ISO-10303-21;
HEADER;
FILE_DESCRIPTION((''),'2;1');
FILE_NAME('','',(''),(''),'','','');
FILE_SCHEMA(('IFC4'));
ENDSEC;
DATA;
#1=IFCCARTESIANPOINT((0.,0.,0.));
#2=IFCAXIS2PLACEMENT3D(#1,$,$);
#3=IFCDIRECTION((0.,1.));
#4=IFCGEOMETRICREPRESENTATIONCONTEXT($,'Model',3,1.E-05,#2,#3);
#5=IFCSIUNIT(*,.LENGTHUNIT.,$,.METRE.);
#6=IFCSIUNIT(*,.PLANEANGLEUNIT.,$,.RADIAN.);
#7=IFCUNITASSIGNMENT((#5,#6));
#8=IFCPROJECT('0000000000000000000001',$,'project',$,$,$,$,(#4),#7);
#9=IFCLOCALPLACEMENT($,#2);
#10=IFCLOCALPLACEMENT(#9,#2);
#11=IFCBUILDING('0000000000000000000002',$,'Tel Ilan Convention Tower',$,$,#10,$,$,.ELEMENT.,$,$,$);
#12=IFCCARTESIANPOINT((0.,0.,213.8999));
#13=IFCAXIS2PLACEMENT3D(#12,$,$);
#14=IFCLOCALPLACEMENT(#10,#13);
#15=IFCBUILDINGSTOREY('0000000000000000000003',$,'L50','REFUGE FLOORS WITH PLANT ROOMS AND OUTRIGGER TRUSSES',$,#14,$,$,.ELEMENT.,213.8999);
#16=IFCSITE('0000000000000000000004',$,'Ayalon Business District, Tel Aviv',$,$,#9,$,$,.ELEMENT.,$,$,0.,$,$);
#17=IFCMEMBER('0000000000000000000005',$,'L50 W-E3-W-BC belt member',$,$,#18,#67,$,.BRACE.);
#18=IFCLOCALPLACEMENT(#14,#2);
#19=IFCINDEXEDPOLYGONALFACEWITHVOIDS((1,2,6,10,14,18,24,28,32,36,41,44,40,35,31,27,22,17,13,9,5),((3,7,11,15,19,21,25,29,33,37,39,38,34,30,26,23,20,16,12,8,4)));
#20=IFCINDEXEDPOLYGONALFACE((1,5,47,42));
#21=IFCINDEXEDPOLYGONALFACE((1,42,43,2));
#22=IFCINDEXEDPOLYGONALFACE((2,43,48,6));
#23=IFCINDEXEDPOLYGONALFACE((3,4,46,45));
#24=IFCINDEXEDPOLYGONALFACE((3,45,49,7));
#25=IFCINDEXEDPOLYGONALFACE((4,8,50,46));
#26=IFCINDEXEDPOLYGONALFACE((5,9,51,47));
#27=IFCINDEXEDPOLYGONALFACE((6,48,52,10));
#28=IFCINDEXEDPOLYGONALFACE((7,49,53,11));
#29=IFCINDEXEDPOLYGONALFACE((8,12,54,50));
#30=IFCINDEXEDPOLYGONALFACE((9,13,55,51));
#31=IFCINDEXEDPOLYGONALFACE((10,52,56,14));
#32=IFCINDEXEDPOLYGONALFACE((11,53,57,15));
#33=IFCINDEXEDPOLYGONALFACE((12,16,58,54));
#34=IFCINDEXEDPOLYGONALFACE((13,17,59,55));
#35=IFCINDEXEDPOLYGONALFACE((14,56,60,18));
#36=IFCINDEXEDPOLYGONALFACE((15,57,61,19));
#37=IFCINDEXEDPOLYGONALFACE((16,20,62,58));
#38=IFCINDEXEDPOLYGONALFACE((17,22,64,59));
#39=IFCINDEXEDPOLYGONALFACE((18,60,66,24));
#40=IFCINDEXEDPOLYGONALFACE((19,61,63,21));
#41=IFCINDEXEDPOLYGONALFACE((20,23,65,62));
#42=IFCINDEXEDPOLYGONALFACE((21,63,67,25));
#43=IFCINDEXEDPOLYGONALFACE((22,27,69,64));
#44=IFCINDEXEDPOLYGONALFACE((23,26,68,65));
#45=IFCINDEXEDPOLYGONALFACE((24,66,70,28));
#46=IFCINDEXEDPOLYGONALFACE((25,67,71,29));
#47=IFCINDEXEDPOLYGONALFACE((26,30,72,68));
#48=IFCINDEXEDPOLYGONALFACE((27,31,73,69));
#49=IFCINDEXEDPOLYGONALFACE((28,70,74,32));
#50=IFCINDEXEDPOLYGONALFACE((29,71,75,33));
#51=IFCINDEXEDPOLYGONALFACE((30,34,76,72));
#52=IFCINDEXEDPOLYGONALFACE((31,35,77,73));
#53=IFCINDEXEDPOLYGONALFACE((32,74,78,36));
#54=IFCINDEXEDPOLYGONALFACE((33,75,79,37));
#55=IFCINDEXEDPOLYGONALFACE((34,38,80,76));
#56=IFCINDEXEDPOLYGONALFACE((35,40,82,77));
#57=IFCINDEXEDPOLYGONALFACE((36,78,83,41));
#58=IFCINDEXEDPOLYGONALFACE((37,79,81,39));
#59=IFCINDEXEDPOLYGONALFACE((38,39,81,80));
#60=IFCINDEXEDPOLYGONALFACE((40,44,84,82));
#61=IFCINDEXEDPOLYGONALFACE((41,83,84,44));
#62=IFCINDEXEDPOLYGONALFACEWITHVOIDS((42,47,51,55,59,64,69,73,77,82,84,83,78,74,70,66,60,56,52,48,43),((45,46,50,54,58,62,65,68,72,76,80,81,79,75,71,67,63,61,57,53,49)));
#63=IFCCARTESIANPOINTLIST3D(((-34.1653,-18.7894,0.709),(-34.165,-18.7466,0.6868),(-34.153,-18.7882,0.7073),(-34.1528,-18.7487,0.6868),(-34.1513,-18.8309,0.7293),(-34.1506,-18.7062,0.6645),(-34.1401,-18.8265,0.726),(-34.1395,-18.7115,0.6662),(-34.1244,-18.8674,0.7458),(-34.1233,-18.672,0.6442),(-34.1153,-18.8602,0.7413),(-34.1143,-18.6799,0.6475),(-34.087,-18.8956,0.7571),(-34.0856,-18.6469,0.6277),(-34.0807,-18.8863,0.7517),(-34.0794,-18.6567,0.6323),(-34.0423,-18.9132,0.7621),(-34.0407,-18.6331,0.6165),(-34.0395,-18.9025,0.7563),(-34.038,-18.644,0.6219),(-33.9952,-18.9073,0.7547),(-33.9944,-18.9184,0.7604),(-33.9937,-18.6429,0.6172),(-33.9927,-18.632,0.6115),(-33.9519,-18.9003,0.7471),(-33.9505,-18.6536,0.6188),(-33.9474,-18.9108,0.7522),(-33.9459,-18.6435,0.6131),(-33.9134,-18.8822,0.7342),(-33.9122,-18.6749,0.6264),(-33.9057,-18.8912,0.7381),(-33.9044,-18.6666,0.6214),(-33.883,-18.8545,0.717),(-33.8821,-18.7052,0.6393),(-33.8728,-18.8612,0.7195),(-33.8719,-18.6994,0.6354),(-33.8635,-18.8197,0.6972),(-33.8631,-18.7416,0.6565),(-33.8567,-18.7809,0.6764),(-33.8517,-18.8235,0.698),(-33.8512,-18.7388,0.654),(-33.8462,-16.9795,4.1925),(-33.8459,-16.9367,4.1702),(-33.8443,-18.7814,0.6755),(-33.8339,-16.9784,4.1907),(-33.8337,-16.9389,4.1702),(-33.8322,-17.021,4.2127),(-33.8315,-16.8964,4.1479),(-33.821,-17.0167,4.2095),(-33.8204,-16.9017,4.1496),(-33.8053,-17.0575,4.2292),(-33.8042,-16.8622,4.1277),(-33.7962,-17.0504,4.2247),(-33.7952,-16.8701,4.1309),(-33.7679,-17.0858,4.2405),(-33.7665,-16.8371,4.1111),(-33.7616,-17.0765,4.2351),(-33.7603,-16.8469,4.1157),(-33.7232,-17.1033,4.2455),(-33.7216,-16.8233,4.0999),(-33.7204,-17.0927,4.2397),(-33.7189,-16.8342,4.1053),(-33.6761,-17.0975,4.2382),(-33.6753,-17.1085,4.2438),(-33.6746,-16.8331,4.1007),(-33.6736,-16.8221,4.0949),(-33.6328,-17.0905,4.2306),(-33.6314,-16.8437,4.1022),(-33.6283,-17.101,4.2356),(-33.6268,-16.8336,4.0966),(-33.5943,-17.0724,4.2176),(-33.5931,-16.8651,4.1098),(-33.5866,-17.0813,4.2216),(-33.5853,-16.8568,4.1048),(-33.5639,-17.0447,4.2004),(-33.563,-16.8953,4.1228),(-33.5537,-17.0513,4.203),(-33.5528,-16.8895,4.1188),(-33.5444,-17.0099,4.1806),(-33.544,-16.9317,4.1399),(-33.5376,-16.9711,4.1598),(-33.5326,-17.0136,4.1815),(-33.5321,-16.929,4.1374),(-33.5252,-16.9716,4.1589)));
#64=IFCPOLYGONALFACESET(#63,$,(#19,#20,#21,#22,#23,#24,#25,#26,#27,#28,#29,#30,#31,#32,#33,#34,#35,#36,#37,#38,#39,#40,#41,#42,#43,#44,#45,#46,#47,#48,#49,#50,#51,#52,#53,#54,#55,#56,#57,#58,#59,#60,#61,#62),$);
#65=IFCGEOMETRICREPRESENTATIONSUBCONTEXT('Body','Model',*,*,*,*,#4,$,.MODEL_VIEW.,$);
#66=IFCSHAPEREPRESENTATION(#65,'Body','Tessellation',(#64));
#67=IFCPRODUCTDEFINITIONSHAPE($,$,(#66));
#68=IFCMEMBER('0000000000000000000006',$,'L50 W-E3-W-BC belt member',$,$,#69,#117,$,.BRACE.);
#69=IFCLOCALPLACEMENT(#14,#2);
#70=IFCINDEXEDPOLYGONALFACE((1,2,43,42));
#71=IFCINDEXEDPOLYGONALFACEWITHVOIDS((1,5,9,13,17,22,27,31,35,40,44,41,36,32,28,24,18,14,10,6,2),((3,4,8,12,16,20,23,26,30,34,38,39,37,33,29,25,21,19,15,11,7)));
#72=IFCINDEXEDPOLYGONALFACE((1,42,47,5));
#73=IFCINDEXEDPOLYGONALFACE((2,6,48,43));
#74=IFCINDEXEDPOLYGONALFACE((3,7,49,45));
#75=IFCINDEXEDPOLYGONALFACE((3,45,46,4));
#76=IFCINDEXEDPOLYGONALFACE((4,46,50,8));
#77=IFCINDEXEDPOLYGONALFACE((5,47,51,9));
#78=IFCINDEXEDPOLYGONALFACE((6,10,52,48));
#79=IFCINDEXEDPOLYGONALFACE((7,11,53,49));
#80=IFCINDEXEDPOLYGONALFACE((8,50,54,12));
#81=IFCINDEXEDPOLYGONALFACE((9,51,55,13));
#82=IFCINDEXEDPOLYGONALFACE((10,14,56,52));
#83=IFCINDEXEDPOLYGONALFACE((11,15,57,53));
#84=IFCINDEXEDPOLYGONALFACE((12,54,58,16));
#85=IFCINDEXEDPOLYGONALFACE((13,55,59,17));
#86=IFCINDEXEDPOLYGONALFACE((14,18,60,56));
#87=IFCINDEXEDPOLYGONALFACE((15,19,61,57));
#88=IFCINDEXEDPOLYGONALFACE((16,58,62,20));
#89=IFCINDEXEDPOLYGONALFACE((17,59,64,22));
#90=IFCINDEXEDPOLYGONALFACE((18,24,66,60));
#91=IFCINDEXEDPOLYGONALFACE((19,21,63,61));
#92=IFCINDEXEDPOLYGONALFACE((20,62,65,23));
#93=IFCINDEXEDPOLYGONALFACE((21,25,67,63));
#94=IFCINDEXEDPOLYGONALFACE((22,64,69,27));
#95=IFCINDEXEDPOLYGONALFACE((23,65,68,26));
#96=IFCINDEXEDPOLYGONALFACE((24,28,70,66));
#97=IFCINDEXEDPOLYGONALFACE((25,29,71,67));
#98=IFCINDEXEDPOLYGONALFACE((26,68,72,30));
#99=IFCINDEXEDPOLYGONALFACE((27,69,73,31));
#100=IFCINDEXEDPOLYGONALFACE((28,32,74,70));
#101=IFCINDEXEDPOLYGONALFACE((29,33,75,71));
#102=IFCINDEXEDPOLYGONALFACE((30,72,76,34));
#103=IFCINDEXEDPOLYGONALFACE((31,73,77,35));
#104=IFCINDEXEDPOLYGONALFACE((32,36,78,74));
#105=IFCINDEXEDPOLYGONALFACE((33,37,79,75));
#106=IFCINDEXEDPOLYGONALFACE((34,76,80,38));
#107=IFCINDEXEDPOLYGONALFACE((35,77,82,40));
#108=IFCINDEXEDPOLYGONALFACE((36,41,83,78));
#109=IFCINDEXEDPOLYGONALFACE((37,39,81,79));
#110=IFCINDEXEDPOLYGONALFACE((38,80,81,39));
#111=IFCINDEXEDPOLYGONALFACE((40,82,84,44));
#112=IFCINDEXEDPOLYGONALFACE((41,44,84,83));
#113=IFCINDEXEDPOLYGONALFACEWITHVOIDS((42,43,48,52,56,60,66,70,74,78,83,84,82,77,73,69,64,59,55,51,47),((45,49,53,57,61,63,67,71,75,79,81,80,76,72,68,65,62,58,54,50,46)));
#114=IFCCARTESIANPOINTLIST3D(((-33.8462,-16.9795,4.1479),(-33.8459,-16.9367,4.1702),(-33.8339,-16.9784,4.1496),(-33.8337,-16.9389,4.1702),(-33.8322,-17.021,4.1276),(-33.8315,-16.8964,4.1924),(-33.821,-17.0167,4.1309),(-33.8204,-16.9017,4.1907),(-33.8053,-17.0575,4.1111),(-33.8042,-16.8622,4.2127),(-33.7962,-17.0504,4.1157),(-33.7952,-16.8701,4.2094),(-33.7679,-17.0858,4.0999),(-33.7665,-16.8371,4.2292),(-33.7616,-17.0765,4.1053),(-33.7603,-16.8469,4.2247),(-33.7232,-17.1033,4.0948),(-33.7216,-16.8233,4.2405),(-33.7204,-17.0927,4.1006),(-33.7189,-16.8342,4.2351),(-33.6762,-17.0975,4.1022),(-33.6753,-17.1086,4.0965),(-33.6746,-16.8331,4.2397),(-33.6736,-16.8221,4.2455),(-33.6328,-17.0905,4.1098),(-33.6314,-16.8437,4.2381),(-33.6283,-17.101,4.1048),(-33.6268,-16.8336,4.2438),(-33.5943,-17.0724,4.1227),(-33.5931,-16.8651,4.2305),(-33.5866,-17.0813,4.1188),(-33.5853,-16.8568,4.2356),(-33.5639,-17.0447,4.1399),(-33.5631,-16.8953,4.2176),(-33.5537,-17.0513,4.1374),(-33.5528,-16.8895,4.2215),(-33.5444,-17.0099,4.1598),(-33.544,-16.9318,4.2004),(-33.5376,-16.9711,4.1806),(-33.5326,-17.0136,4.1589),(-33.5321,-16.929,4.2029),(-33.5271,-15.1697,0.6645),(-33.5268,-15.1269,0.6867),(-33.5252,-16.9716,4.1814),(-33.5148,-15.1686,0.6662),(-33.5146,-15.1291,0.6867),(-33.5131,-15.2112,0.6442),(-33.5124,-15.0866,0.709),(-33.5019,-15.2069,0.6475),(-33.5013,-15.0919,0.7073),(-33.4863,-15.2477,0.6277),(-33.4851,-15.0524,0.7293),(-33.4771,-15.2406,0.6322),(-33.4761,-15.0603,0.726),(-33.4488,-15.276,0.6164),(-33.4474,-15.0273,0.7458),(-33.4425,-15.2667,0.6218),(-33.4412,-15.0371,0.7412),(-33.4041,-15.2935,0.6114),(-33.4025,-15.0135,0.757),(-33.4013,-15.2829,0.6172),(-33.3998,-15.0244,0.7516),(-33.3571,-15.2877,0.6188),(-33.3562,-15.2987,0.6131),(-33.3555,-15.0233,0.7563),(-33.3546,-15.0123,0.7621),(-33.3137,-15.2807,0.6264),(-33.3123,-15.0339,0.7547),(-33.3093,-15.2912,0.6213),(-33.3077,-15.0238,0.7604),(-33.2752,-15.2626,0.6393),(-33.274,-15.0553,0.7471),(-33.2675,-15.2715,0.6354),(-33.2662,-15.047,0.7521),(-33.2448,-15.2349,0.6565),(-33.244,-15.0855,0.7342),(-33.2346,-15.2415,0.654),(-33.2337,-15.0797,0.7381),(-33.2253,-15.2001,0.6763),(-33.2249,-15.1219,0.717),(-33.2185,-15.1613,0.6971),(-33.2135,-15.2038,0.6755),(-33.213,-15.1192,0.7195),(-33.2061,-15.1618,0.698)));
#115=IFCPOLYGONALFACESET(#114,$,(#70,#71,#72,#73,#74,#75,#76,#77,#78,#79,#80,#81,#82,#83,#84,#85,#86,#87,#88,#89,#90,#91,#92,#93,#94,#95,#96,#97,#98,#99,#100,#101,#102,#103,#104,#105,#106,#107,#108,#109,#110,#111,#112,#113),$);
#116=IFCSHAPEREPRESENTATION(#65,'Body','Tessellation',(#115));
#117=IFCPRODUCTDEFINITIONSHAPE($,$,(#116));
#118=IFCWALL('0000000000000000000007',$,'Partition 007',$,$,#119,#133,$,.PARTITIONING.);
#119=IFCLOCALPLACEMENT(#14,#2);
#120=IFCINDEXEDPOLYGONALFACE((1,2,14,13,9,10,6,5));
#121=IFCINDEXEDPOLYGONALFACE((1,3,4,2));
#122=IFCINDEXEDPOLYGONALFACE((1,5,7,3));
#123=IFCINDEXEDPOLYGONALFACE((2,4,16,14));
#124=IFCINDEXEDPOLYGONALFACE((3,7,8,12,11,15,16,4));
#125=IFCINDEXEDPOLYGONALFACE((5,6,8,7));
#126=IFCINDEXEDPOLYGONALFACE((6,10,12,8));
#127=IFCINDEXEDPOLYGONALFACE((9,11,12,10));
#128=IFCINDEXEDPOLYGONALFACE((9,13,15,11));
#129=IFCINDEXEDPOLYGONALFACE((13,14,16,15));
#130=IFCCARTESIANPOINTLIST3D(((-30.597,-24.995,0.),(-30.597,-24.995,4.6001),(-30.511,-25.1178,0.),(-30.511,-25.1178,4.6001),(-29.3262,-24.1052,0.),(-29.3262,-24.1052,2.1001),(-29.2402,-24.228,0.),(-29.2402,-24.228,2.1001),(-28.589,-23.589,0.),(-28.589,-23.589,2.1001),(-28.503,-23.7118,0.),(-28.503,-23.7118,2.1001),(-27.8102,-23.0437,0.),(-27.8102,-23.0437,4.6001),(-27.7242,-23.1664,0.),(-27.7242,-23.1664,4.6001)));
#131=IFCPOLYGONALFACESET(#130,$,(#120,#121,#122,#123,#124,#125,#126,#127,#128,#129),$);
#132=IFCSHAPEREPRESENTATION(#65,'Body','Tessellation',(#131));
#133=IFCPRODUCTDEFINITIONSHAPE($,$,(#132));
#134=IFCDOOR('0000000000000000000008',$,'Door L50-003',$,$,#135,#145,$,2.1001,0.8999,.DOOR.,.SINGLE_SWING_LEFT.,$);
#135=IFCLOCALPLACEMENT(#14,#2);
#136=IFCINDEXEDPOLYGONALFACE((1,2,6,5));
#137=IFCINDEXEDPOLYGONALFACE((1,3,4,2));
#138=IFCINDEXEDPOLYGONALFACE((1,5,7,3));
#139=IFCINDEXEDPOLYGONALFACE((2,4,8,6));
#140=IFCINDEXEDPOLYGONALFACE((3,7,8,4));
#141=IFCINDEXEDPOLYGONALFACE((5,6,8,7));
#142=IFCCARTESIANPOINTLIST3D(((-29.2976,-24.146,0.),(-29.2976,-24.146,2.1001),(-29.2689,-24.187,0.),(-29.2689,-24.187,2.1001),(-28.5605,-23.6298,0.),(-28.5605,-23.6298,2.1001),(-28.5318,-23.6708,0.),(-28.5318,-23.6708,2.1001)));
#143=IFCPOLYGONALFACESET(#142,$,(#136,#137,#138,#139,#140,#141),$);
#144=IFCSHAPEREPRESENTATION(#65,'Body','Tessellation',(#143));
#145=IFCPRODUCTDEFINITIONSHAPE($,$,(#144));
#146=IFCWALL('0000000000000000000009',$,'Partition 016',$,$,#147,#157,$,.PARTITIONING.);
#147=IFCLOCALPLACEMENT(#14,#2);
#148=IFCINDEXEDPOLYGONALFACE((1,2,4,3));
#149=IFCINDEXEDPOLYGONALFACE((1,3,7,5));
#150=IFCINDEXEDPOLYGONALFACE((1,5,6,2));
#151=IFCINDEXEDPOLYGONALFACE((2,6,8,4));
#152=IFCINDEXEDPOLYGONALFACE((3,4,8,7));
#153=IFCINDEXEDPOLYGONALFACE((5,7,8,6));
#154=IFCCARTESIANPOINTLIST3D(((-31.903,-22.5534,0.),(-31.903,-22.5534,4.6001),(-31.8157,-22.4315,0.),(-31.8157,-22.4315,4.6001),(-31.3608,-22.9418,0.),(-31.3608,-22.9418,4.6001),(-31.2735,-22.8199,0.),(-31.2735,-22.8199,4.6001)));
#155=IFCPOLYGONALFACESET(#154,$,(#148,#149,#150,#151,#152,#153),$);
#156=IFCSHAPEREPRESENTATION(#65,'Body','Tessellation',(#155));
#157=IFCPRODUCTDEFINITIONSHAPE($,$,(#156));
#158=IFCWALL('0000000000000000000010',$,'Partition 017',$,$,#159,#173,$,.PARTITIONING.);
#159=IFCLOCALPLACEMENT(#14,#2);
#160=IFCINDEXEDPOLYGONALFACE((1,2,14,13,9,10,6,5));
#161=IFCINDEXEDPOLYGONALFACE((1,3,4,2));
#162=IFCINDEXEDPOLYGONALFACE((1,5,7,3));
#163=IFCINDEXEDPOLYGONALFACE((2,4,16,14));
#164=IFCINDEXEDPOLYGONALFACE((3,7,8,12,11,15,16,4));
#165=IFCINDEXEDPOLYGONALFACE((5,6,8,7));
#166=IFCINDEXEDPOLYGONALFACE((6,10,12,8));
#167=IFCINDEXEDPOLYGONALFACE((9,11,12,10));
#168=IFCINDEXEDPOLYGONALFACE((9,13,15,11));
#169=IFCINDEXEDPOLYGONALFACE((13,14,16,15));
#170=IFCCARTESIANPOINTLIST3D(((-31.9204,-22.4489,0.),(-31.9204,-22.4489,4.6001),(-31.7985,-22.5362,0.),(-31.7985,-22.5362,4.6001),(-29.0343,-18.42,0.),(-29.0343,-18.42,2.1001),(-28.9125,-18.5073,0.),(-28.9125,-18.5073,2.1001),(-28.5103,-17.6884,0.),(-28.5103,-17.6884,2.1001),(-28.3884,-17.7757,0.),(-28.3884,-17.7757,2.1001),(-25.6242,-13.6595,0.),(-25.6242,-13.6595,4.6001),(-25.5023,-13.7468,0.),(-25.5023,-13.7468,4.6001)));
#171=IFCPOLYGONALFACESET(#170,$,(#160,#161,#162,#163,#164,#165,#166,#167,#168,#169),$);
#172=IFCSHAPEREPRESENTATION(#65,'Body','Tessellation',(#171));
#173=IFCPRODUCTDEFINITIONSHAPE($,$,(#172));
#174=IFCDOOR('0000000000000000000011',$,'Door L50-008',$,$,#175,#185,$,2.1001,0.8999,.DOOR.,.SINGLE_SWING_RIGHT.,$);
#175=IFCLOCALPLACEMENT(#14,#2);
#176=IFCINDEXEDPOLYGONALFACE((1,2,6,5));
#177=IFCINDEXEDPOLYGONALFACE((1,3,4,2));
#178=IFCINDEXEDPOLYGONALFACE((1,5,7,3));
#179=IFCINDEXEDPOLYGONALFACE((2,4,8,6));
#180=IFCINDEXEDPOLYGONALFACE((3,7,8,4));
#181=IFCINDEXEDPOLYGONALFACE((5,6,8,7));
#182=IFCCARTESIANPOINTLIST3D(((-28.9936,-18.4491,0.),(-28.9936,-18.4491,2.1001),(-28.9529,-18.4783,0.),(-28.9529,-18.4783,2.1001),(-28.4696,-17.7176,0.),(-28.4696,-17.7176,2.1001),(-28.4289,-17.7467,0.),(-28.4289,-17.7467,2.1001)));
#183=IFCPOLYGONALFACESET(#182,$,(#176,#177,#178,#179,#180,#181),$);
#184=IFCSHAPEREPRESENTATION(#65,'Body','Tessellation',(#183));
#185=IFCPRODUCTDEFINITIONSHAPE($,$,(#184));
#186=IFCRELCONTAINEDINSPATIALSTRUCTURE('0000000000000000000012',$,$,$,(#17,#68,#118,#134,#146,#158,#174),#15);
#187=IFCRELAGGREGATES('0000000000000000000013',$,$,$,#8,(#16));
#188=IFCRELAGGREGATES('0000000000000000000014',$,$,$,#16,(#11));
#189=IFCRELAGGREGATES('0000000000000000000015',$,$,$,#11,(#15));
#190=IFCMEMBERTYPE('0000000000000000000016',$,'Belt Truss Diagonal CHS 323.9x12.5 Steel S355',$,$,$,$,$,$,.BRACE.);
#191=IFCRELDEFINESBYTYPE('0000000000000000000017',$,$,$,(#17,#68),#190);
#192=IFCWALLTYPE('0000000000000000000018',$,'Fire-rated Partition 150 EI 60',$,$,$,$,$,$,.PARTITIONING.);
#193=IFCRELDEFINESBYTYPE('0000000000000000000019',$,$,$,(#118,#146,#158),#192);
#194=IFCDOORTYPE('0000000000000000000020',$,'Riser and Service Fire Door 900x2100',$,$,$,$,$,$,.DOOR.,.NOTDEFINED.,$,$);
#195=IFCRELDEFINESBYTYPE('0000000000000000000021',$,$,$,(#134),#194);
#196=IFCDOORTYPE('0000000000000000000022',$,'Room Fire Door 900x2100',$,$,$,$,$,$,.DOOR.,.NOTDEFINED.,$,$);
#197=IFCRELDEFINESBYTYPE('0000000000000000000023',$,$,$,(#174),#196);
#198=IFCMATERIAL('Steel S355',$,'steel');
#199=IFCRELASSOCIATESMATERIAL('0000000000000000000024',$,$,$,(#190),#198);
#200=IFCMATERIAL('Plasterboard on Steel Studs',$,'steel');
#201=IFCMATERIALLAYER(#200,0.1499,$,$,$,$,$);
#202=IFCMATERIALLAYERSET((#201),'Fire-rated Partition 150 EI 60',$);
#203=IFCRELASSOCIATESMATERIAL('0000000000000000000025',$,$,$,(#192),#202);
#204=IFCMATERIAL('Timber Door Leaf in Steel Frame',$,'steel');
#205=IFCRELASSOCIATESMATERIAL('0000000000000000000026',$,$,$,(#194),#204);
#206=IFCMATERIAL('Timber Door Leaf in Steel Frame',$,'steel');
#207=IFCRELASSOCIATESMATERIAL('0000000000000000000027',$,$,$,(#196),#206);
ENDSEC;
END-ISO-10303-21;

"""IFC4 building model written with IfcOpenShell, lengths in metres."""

from ifc_helpers import new_model, si_unit, direction, frame, frame_2d, origin, origin_2d, place, context, subcontext, project, spatial, rectangle, hollow_circle, extrude, material, layer, layer_set, material_profile, profile_set, type_object, element, fill, save


model = new_model("IFC4")

# Units and contexts
model_context = context("Model", 3, precision=1e-05, world=origin(), true_north=direction((0.0, 1.0)))
body_context = subcontext(model_context, "Body", "Model", "MODEL_VIEW")
ifc_project = project(units=[si_unit("LENGTHUNIT", "METRE"), si_unit("PLANEANGLEUNIT", "RADIAN")], contexts=[model_context])

# Site, building, storey
site_placement = place(None, origin())
site = spatial("IfcSite", under=ifc_project, at=site_placement, Name="Ayalon Business District, Tel Aviv", CompositionType="ELEMENT", RefElevation=0.0)
building_placement = place(site_placement, origin())
building = spatial("IfcBuilding", under=site, at=building_placement, Name="Tel Ilan Convention Tower", CompositionType="ELEMENT")
storey_placement = place(building_placement, frame((0.0, 0.0, 213.8999)))
storey = spatial("IfcBuildingStorey", under=building, at=storey_placement, Name="L50", Description="REFUGE FLOORS WITH PLANT ROOMS AND OUTRIGGER TRUSSES", CompositionType="ELEMENT", Elevation=213.8999)

# Members
ifc_material_1 = material(Name="Steel S355", Category="steel")
ifc_material_profile_1 = material_profile(ifc_material_1, hollow_circle(Radius=0.1619, WallThickness=0.0125, at=origin_2d()), Name="CHS 323.9x12.5")
ifc_profile_set_1 = profile_set([ifc_material_profile_1], Name="Steel S355")
member_type_1 = type_object("IfcMemberType", Name="Belt Truss Diagonal CHS 323.9x12.5 Steel S355", PredefinedType="BRACE", material=ifc_profile_set_1)
for number, where, z_axis, x_axis, name in (
    (1, (-34.0056, -18.7747, 0.6868), (0.08102, 0.459526, 0.884461), (-0.98481, 0.173634, 0.0), "L50 W-E3-W-BC belt member"),
    (2, (-33.6865, -16.9648, 4.1702), (0.08102, 0.459526, -0.884461), (-0.98481, 0.173634, 0.0), "L50 W-E3-W-BC belt member"),
):
    element("IfcMember", number, at=place(storey_placement, frame(where, z_axis=z_axis, x_axis=x_axis)), inside=storey, type_object=member_type_1, Name=name, PredefinedType="BRACE", context=body_context, shape_type="SweptSolid", body=[
        extrude(hollow_circle(Radius=0.1619, WallThickness=0.0125, at=origin_2d()), origin(), (0.0, 0.0, 1.0), 3.9385),
    ])

# Wall, opening, door
ifc_material_2 = material(Name="Plasterboard on Steel Studs", Category="steel")
ifc_layer_1 = layer(ifc_material_2, 0.1499)
ifc_layer_set_1 = layer_set([ifc_layer_1], Name="Fire-rated Partition 150 EI 60")
wall_type = type_object("IfcWallType", Name="Fire-rated Partition 150 EI 60", PredefinedType="PARTITIONING", material=ifc_layer_set_1)
wall_1_placement = place(storey_placement, frame((-27.7671, -23.105, 0.0), z_axis=(0.0, 0.0, 1.0), x_axis=(-0.819148, -0.573583, 0.0)))
wall_1 = element("IfcWall", 3, at=wall_1_placement, inside=storey, type_object=wall_type, Name="Partition 007", PredefinedType="PARTITIONING", context=body_context, shape_type="SweptSolid", body=[
    extrude(rectangle(XDim=3.4021, YDim=0.1499, at=frame_2d((1.7012, 0.0))), origin(), (0.0, 0.0, 1.0), 4.6001),
])
opening_1_placement = place(wall_1_placement, frame((0.9509, 0.0, 0.0)))
opening_1 = element("IfcOpeningElement", 4, at=opening_1_placement, cuts=wall_1, PredefinedType="OPENING", context=body_context, shape_type="SweptSolid", body=[
    extrude(rectangle(XDim=0.8999, YDim=2.1001, at=frame_2d((0.45, 1.05))), frame((0.0, 0.085, 0.0), z_axis=(0.0, -1.0, 0.0), x_axis=(1.0, 0.0, 0.0)), (0.0, 0.0, 1.0), 0.1699),
])
ifc_material_3 = material(Name="Timber Door Leaf in Steel Frame", Category="steel")
door_type_1 = type_object("IfcDoorType", Name="Riser and Service Fire Door 900x2100", OperationType="NOTDEFINED", PredefinedType="DOOR", material=ifc_material_3)
door_1_placement = place(opening_1_placement, origin())
door_1 = element("IfcDoor", 5, at=door_1_placement, inside=storey, type_object=door_type_1, Name="Door L50-003", OperationType="SINGLE_SWING_LEFT", OverallHeight=2.1001, OverallWidth=0.8999, PredefinedType="DOOR", context=body_context, shape_type="SweptSolid", body=[
    extrude(rectangle(XDim=0.8999, YDim=2.1001, at=frame_2d((0.45, 1.05))), frame((0.0, 0.0249, 0.0), z_axis=(0.0, -1.0, 0.0), x_axis=(1.0, 0.0, 0.0)), (0.0, 0.0, 1.0), 0.05),
])
fill(opening_1, door_1)

# Wall
wall_2_placement = place(storey_placement, frame((-31.3171, -22.8809, 0.0), z_axis=(0.0, 0.0, 1.0), x_axis=(-0.812941, 0.582346, 0.0)))
element("IfcWall", 6, at=wall_2_placement, inside=storey, type_object=wall_type, Name="Partition 016", PredefinedType="PARTITIONING", context=body_context, shape_type="SweptSolid", body=[
    extrude(rectangle(XDim=0.667, YDim=0.1499, at=frame_2d((0.3335, 0.0))), origin(), (0.0, 0.0, 1.0), 4.6001),
])

# Wall, opening, door
wall_3_placement = place(storey_placement, frame((-31.8594, -22.4924, 0.0), z_axis=(0.0, 0.0, 1.0), x_axis=(0.582344, 0.812942, 0.0)))
wall_3 = element("IfcWall", 7, at=wall_3_placement, inside=storey, type_object=wall_type, Name="Partition 017", PredefinedType="PARTITIONING", context=body_context, shape_type="SweptSolid", body=[
    extrude(rectangle(XDim=10.8118, YDim=0.1499, at=frame_2d((5.4058, 0.0))), origin(), (0.0, 0.0, 1.0), 4.6001),
])
opening_2_placement = place(wall_3_placement, frame((4.9558, 0.0, 0.0)))
opening_2 = element("IfcOpeningElement", 8, at=opening_2_placement, cuts=wall_3, PredefinedType="OPENING", context=body_context, shape_type="SweptSolid", body=[
    extrude(rectangle(XDim=0.8999, YDim=2.1001, at=frame_2d((0.45, 1.05))), frame((0.0, 0.085, 0.0), z_axis=(0.0, -1.0, 0.0), x_axis=(1.0, 0.0, 0.0)), (0.0, 0.0, 1.0), 0.1699),
])
ifc_material_4 = material(Name="Timber Door Leaf in Steel Frame", Category="steel")
door_type_2 = type_object("IfcDoorType", Name="Room Fire Door 900x2100", OperationType="NOTDEFINED", PredefinedType="DOOR", material=ifc_material_4)
door_2_placement = place(opening_2_placement, origin())
door_2 = element("IfcDoor", 9, at=door_2_placement, inside=storey, type_object=door_type_2, Name="Door L50-008", OperationType="SINGLE_SWING_RIGHT", OverallHeight=2.1001, OverallWidth=0.8999, PredefinedType="DOOR", context=body_context, shape_type="SweptSolid", body=[
    extrude(rectangle(XDim=0.8999, YDim=2.1001, at=frame_2d((0.45, 1.05))), frame((0.0, 0.0249, 0.0), z_axis=(0.0, -1.0, 0.0), x_axis=(1.0, 0.0, 0.0)), (0.0, 0.0, 1.0), 0.05),
])
fill(opening_2, door_2)

save(model, "model.ifc")
